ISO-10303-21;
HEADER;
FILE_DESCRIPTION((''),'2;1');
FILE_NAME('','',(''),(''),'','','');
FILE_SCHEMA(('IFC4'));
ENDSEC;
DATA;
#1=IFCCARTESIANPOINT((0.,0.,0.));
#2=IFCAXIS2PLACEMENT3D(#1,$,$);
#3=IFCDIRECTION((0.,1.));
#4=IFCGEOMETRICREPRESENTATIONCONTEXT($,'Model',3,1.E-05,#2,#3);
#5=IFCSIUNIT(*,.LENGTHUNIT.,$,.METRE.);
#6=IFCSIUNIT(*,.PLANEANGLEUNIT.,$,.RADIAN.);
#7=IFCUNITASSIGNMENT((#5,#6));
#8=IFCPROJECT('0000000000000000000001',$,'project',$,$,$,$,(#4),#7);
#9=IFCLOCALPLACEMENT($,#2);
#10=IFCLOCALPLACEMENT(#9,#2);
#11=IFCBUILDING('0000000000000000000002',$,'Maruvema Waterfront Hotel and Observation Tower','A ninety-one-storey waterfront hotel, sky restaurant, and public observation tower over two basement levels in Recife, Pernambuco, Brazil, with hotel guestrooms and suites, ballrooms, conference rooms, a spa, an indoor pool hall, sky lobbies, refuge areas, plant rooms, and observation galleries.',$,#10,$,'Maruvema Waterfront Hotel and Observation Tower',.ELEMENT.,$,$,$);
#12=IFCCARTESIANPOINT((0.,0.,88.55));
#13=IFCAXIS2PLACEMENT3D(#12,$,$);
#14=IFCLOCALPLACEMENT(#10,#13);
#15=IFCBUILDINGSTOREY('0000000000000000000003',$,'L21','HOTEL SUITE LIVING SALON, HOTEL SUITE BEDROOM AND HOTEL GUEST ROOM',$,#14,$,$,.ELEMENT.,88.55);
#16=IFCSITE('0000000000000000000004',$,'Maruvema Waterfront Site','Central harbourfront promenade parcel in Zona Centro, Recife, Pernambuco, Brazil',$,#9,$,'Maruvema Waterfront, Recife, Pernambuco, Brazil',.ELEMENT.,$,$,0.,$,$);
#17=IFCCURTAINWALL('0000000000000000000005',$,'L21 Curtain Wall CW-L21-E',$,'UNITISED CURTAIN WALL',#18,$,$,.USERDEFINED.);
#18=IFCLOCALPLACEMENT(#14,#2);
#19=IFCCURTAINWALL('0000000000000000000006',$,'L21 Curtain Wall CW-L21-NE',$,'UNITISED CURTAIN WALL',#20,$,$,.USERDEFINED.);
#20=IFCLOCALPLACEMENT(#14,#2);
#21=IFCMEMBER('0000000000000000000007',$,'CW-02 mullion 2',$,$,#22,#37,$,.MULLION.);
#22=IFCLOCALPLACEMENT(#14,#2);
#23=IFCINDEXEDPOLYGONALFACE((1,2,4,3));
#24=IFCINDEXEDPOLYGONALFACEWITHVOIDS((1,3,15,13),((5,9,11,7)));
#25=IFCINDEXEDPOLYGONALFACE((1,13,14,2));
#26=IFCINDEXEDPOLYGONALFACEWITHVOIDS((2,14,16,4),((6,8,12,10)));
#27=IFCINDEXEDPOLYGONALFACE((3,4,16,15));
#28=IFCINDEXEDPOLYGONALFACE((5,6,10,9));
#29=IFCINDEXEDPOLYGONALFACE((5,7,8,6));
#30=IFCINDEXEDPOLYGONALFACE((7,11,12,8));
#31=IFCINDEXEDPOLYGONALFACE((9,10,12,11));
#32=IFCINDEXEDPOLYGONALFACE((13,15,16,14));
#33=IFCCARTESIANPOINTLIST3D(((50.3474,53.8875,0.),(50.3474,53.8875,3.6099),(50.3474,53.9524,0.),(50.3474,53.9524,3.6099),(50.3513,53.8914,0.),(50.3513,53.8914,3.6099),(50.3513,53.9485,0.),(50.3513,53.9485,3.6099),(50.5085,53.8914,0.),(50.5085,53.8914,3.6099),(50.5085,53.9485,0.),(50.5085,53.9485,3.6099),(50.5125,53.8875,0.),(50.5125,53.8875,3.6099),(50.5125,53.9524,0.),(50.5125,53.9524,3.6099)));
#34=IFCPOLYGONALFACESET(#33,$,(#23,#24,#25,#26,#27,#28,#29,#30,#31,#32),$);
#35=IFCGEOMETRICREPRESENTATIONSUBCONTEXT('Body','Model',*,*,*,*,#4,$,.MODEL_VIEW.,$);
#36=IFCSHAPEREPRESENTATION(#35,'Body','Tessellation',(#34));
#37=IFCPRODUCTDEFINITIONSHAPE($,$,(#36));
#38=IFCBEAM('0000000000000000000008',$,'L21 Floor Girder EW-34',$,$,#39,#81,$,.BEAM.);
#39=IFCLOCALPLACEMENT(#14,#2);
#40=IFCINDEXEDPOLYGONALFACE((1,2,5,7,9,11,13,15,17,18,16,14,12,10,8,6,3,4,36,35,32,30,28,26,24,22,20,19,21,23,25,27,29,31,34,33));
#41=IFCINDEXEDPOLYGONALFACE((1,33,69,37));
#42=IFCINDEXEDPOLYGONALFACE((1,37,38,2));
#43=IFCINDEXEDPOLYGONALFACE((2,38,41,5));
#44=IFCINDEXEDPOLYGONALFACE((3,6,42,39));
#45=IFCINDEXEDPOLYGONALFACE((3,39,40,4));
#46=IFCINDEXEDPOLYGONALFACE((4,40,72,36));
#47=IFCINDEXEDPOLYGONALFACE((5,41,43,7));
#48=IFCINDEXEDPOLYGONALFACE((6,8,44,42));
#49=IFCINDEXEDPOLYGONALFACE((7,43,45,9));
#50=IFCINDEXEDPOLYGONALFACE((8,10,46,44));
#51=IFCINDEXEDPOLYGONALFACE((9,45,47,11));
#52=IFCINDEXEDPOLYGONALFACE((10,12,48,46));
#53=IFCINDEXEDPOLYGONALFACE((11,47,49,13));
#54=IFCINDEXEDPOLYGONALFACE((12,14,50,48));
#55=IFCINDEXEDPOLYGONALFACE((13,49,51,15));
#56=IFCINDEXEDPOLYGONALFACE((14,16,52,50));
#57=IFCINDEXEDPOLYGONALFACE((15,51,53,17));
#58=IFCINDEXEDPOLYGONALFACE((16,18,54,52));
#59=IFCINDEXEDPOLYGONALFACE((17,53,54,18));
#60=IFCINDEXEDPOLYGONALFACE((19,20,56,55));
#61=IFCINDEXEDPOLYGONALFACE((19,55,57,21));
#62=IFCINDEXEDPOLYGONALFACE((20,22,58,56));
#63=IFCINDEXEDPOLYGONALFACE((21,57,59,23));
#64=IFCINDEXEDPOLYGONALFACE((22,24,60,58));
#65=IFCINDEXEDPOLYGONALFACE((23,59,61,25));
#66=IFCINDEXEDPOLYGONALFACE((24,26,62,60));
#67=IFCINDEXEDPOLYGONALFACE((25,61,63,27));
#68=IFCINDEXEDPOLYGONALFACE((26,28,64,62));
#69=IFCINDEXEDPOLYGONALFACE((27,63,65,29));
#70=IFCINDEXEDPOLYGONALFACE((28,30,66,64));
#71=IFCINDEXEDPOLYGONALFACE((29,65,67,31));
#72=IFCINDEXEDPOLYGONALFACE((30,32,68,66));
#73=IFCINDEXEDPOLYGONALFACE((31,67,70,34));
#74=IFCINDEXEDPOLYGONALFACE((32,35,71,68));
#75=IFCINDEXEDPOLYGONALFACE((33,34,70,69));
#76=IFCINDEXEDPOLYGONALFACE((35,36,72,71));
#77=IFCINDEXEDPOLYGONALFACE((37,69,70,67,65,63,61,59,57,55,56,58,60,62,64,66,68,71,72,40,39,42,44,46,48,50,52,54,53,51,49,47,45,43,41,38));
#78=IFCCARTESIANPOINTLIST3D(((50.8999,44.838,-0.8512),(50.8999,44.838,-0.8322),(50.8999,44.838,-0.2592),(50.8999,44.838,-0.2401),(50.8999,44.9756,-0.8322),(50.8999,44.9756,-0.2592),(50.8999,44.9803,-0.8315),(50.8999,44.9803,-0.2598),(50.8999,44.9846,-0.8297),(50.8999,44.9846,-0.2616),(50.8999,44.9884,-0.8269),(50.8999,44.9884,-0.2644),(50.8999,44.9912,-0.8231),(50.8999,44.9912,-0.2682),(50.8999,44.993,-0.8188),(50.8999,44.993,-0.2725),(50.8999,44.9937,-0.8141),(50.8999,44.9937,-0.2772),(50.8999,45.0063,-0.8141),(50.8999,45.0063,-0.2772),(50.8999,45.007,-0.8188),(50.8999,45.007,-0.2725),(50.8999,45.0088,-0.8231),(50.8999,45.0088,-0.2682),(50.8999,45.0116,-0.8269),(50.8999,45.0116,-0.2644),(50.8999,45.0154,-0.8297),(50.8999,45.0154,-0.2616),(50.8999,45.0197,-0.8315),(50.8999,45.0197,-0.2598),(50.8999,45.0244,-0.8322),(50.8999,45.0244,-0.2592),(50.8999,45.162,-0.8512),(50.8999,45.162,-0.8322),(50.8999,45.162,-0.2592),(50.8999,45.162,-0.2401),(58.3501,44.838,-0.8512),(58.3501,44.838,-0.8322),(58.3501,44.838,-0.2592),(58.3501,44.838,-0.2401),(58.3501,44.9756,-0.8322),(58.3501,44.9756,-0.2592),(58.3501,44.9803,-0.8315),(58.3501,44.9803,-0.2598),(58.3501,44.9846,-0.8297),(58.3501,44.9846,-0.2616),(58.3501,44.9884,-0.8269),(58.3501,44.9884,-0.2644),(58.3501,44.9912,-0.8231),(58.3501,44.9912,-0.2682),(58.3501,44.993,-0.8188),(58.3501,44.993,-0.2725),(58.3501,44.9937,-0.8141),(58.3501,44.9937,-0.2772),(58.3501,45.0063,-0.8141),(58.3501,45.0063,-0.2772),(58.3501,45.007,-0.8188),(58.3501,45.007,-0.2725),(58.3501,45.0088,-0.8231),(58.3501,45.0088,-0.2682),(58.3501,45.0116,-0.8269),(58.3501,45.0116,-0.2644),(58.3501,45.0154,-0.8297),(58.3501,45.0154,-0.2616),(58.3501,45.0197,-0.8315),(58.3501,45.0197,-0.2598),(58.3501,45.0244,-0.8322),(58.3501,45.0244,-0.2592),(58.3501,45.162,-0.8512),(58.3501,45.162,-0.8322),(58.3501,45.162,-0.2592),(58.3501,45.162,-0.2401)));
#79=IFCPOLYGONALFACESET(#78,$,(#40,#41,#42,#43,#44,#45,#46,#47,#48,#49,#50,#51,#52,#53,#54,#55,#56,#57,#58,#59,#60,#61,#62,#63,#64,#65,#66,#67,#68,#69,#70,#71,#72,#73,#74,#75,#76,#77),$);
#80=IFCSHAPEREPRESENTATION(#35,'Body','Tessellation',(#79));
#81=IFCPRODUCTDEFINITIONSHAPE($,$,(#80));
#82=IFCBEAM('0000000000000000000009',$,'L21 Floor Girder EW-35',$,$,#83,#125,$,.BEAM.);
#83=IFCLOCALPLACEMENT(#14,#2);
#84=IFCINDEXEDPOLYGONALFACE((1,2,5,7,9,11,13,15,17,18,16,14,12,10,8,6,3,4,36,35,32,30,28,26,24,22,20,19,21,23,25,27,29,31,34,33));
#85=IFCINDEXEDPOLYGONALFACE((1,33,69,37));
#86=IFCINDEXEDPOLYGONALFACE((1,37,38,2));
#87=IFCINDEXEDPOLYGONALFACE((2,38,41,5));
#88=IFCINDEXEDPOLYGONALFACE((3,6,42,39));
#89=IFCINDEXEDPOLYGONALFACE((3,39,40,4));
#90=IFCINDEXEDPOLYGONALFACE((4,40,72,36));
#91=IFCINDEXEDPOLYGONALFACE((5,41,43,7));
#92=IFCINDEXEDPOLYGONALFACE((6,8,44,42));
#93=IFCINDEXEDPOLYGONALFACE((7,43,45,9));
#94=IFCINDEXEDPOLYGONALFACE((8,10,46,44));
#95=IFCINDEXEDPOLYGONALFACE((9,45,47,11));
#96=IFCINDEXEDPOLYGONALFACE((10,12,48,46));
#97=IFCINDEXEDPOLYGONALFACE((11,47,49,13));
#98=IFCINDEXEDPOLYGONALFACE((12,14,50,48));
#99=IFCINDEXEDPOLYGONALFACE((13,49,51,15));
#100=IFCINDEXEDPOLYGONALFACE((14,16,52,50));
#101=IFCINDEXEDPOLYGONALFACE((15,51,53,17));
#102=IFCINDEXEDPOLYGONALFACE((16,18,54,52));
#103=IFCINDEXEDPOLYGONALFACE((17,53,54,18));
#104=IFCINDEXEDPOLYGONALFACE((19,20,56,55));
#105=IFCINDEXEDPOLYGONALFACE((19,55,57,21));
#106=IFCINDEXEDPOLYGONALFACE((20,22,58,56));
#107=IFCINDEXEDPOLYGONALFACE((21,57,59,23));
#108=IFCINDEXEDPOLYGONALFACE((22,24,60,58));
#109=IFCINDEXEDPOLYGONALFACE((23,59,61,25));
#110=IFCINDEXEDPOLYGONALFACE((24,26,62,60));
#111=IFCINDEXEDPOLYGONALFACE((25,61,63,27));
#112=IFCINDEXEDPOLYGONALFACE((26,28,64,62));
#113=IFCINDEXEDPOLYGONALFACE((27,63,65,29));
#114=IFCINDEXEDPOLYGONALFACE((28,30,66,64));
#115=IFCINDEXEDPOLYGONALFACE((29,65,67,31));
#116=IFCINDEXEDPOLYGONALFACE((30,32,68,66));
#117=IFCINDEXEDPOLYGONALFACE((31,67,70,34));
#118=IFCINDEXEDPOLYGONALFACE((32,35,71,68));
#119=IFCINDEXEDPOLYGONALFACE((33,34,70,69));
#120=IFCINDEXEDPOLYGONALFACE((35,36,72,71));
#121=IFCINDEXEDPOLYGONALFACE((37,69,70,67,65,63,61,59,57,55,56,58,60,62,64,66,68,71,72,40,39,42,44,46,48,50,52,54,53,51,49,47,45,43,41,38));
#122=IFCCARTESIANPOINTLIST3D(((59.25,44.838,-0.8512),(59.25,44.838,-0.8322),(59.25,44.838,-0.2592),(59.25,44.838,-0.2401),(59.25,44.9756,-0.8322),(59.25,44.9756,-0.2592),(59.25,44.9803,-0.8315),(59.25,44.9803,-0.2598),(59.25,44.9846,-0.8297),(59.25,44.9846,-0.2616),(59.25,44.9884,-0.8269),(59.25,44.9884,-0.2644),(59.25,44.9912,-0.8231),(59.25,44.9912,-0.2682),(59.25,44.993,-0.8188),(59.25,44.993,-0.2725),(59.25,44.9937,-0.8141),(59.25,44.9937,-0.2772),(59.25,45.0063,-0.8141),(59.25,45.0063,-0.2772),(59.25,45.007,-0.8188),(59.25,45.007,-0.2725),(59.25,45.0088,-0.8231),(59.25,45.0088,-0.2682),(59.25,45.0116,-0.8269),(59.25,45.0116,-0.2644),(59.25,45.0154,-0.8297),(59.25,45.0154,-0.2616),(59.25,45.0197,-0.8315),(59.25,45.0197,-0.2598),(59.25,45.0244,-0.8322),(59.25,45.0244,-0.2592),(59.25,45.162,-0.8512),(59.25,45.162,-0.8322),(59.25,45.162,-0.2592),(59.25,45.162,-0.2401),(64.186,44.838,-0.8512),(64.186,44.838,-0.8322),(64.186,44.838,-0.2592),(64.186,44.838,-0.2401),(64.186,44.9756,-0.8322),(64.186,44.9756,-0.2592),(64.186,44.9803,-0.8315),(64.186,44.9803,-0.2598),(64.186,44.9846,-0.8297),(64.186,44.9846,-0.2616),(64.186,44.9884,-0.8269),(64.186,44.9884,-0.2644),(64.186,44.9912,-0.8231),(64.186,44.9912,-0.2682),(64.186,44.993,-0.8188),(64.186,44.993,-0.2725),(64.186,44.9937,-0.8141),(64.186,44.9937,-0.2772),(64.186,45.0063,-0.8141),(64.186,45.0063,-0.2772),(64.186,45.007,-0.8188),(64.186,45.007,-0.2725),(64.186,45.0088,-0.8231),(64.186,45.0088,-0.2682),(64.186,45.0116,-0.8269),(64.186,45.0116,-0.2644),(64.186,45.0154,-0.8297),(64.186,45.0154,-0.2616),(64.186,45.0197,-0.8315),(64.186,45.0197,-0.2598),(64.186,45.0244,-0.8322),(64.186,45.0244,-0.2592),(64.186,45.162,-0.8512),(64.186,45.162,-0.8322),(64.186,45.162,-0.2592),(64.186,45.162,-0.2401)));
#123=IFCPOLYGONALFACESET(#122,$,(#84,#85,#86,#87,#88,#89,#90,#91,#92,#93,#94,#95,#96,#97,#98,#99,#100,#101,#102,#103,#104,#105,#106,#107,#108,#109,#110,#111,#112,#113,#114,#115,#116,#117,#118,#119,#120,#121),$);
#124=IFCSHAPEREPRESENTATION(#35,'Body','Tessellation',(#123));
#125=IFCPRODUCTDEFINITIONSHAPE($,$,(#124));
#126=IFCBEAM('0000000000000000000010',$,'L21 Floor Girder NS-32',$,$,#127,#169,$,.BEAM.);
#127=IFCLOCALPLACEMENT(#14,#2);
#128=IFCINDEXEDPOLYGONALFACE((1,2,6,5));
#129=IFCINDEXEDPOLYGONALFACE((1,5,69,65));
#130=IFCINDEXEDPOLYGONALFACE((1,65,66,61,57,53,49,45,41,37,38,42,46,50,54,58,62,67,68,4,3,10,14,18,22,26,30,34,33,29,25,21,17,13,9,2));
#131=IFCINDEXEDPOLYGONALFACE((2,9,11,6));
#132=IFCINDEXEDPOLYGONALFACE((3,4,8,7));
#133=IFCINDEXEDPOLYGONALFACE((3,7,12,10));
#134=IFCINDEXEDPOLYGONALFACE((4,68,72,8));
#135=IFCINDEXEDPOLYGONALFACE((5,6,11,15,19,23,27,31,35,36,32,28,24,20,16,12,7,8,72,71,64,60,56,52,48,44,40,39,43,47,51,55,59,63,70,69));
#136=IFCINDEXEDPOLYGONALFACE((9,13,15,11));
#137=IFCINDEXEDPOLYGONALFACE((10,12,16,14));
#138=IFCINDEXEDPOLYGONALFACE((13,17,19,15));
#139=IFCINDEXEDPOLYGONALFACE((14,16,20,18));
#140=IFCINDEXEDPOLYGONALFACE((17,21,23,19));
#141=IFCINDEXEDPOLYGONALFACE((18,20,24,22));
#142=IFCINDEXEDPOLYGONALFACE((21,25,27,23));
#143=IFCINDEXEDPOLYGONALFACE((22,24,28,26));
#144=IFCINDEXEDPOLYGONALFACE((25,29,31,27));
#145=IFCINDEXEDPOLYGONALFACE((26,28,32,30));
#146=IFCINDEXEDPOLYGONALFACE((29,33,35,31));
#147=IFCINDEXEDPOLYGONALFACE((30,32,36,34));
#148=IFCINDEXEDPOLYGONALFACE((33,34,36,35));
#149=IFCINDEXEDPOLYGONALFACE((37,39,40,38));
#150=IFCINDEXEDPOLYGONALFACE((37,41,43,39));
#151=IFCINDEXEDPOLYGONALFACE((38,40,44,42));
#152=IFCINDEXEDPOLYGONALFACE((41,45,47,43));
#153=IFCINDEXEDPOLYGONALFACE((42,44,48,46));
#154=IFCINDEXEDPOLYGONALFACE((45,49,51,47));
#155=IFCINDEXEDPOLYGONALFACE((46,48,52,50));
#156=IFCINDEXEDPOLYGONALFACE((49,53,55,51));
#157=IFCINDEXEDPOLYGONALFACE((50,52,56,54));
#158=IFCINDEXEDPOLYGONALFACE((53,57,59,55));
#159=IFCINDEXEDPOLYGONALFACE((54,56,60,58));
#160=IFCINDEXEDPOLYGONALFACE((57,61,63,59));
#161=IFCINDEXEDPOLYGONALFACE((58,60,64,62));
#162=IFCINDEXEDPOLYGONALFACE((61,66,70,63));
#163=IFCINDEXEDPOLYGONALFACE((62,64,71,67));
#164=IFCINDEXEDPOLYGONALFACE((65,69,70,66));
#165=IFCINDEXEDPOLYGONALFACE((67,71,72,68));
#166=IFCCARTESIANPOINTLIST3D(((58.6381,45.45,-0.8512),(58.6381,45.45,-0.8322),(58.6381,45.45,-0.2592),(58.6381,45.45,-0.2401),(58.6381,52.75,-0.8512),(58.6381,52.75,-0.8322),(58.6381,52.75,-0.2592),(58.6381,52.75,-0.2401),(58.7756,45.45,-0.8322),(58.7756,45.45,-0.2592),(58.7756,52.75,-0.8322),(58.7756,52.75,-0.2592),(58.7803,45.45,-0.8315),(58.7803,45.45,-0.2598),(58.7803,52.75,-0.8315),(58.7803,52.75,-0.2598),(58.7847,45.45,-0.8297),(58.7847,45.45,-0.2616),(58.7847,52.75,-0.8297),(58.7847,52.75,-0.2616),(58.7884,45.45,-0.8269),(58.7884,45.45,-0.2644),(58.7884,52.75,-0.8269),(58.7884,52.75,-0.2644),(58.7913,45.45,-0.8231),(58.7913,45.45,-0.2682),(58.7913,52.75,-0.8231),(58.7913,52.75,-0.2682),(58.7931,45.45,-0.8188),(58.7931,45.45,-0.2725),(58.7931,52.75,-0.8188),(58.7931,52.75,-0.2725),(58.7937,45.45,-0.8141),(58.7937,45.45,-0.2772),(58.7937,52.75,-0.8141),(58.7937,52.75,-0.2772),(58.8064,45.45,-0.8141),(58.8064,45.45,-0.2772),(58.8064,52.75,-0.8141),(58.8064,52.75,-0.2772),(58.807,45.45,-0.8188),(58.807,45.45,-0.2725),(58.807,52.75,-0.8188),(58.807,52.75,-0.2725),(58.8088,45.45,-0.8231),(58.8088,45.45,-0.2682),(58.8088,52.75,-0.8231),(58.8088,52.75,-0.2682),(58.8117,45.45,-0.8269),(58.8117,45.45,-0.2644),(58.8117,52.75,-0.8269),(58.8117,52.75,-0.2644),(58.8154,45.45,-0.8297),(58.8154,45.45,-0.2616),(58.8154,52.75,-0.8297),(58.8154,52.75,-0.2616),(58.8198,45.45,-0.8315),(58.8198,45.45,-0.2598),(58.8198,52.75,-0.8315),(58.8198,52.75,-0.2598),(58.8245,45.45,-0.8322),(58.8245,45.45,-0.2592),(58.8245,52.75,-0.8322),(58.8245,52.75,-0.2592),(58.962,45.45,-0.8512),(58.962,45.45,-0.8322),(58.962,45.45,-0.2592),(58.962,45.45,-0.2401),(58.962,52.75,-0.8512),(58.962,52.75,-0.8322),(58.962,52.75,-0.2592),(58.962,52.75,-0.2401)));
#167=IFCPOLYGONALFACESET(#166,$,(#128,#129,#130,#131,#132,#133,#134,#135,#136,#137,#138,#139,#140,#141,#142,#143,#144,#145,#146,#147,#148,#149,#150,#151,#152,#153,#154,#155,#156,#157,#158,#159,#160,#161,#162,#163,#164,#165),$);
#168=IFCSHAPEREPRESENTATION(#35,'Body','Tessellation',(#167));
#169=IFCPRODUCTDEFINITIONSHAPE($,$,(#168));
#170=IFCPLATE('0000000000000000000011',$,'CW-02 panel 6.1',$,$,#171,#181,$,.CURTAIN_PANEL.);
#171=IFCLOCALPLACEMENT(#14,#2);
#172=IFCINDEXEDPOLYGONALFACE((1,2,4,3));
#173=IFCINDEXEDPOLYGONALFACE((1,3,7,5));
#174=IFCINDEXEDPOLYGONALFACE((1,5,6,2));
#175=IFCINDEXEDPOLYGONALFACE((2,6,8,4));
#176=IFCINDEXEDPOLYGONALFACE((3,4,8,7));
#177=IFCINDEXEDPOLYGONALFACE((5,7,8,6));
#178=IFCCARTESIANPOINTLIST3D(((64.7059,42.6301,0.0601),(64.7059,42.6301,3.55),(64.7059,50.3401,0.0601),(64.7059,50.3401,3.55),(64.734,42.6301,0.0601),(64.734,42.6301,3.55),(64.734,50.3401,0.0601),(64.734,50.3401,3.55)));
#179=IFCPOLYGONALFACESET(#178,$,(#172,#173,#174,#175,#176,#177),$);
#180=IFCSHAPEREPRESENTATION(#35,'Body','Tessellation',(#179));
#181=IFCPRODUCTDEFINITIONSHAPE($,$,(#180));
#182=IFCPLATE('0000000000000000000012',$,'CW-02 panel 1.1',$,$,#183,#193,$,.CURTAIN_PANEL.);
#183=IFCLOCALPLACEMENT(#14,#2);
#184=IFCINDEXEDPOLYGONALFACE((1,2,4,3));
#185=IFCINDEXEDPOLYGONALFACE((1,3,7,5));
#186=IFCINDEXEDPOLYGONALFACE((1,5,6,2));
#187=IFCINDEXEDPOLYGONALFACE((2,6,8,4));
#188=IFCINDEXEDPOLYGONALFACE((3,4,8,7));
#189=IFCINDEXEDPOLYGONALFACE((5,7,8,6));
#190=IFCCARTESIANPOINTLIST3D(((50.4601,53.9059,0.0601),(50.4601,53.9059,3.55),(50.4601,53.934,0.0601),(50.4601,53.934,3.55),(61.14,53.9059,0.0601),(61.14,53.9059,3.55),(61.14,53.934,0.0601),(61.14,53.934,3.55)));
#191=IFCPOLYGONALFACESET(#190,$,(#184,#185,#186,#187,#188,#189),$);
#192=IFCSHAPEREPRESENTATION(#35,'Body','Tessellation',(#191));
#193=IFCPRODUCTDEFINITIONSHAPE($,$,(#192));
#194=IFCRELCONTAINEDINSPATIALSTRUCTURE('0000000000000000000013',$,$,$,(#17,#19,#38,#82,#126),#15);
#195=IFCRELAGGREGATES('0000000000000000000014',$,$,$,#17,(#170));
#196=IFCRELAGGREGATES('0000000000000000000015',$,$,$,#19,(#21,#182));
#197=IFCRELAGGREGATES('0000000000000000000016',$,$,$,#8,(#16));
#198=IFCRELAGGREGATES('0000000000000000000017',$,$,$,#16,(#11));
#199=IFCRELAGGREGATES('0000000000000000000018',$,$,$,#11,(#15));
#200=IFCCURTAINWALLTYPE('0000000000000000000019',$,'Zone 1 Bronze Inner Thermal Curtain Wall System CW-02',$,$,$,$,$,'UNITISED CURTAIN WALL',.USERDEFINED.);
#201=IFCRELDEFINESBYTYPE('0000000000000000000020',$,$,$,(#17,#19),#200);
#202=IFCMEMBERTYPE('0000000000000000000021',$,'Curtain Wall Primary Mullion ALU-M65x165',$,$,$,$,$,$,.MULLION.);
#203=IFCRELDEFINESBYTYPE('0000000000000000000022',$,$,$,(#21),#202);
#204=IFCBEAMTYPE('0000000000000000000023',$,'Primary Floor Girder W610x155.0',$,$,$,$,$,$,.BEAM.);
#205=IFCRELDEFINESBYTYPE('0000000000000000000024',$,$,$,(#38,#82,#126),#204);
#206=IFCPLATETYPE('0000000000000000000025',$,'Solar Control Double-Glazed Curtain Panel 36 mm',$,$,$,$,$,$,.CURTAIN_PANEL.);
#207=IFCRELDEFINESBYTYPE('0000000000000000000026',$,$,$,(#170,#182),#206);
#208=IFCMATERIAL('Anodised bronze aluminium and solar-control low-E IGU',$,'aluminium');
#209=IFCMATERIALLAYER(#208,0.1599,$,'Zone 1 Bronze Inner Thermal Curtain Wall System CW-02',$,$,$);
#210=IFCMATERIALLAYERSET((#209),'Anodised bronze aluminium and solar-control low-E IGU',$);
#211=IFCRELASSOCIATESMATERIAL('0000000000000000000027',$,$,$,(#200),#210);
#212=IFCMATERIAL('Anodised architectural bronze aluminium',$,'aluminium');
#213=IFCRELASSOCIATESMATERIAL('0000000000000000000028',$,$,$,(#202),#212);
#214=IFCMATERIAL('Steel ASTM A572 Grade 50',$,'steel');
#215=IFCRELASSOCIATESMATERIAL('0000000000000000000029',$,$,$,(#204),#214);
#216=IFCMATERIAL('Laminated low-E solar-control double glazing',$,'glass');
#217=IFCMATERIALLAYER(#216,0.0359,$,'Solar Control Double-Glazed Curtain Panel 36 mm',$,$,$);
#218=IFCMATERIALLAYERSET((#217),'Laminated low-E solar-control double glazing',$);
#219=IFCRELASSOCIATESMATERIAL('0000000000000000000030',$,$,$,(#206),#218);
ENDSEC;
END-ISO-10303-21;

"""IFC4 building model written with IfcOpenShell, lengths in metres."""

from ifc_helpers import new_model, si_unit, direction, frame, origin, origin_2d, place, context, subcontext, project, spatial, rectangle, hollow_rectangle, i_section, extrude, material, layer, layer_set, material_profile, profile_set, type_object, element, aggregate, save


model = new_model("IFC4")

# Units and contexts
model_context = context("Model", 3, precision=1e-05, world=origin(), true_north=direction((0.0, 1.0)))
body_context = subcontext(model_context, "Body", "Model", "MODEL_VIEW")
ifc_project = project(units=[si_unit("LENGTHUNIT", "METRE"), si_unit("PLANEANGLEUNIT", "RADIAN")], contexts=[model_context])

# Site, building, storey
site_placement = place(None, origin())
site = spatial("IfcSite", under=ifc_project, at=site_placement, Name="Maruvema Waterfront Site", Description="Central harbourfront promenade parcel in Zona Centro, Recife, Pernambuco, Brazil", LongName="Maruvema Waterfront, Recife, Pernambuco, Brazil", CompositionType="ELEMENT", RefElevation=0.0)
building_placement = place(site_placement, origin())
building = spatial("IfcBuilding", under=site, at=building_placement, Name="Maruvema Waterfront Hotel and Observation Tower", Description="A ninety-one-storey waterfront hotel, sky restaurant, and public observation tower over two basement levels in Recife, Pernambuco, Brazil, with hotel guestrooms and suites, ballrooms, conference rooms, a spa, an indoor pool hall, sky lobbies, refuge areas, plant rooms, and observation galleries.", LongName="Maruvema Waterfront Hotel and Observation Tower", CompositionType="ELEMENT")
storey_placement = place(building_placement, frame((0.0, 0.0, 88.55)))
storey = spatial("IfcBuildingStorey", under=building, at=storey_placement, Name="L21", Description="HOTEL SUITE LIVING SALON, HOTEL SUITE BEDROOM AND HOTEL GUEST ROOM", CompositionType="ELEMENT", Elevation=88.55)

# Curtain walls
ifc_material_1 = material(Name="Anodised bronze aluminium and solar-control low-E IGU", Category="aluminium")
ifc_layer_1 = layer(ifc_material_1, 0.1599, Name="Zone 1 Bronze Inner Thermal Curtain Wall System CW-02")
ifc_layer_set_1 = layer_set([ifc_layer_1], Name="Anodised bronze aluminium and solar-control low-E IGU")
curtain_wall_type = type_object("IfcCurtainWallType", Name="Zone 1 Bronze Inner Thermal Curtain Wall System CW-02", ElementType="UNITISED CURTAIN WALL", PredefinedType="USERDEFINED", material=ifc_layer_set_1)
curtain_wall_1_placement = place(storey_placement, origin())
curtain_wall_1 = element("IfcCurtainWall", 1, at=curtain_wall_1_placement, inside=storey, type_object=curtain_wall_type, Name="L21 Curtain Wall CW-L21-E", ObjectType="UNITISED CURTAIN WALL", PredefinedType="USERDEFINED")
curtain_wall_2_placement = place(storey_placement, origin())
curtain_wall_2 = element("IfcCurtainWall", 2, at=curtain_wall_2_placement, inside=storey, type_object=curtain_wall_type, Name="L21 Curtain Wall CW-L21-NE", ObjectType="UNITISED CURTAIN WALL", PredefinedType="USERDEFINED")

# Member
ifc_material_2 = material(Name="Anodised architectural bronze aluminium", Category="aluminium")
ifc_material_profile_1 = material_profile(ifc_material_2, hollow_rectangle(XDim=0.0649, YDim=0.165, WallThickness=0.0039, at=origin_2d()), Name="ALU-M65x165")
ifc_profile_set_1 = profile_set([ifc_material_profile_1], Name="Anodised architectural bronze aluminium")
member_type_1 = type_object("IfcMemberType", Name="Curtain Wall Primary Mullion ALU-M65x165", PredefinedType="MULLION", material=ifc_profile_set_1)
member_1_placement = place(storey_placement, frame((50.4299, 53.9199, 0.0), z_axis=(0.0, 0.0, 1.0), x_axis=(0.0, -1.0, 0.0)))
member_1 = element("IfcMember", 3, at=member_1_placement, type_object=member_type_1, Name="CW-02 mullion 2", PredefinedType="MULLION", context=body_context, shape_type="SweptSolid", body=[
    extrude(hollow_rectangle(XDim=0.0649, YDim=0.165, WallThickness=0.0039, at=origin_2d()), origin(), (0.0, 0.0, 1.0), 3.6099),
])

# Beams
ifc_material_3 = material(Name="Steel ASTM A572 Grade 50", Category="steel")
ifc_material_profile_2 = material_profile(ifc_material_3, i_section(OverallWidth=0.324, OverallDepth=0.6111, WebThickness=0.0127, FlangeThickness=0.019, FilletRadius=0.0181, at=origin_2d()), Name="W610x155.0")
ifc_profile_set_2 = profile_set([ifc_material_profile_2], Name="Steel ASTM A572 Grade 50")
beam_type = type_object("IfcBeamType", Name="Primary Floor Girder W610x155.0", PredefinedType="BEAM", material=ifc_profile_set_2)
beam_1_placement = place(storey_placement, frame((50.8999, 45.0, -0.5457), z_axis=(1.0, 0.0, 0.0), x_axis=(0.0, 1.0, 0.0)))
element("IfcBeam", 4, at=beam_1_placement, inside=storey, type_object=beam_type, Name="L21 Floor Girder EW-34", PredefinedType="BEAM", context=body_context, shape_type="SweptSolid", body=[
    extrude(i_section(OverallWidth=0.324, OverallDepth=0.6111, WebThickness=0.0127, FlangeThickness=0.019, FilletRadius=0.0181, at=origin_2d()), origin(), (0.0, 0.0, 1.0), 7.4502),
])
beam_2_placement = place(storey_placement, frame((59.25, 45.0, -0.5457), z_axis=(1.0, 0.0, 0.0), x_axis=(0.0, 1.0, 0.0)))
element("IfcBeam", 5, at=beam_2_placement, inside=storey, type_object=beam_type, Name="L21 Floor Girder EW-35", PredefinedType="BEAM", context=body_context, shape_type="SweptSolid", body=[
    extrude(i_section(OverallWidth=0.324, OverallDepth=0.6111, WebThickness=0.0127, FlangeThickness=0.019, FilletRadius=0.0181, at=origin_2d()), origin(), (0.0, 0.0, 1.0), 4.936),
])
beam_3_placement = place(storey_placement, frame((58.8, 45.45, -0.5457), z_axis=(0.0, 1.0, 0.0), x_axis=(-1.0, 0.0, 0.0)))
element("IfcBeam", 6, at=beam_3_placement, inside=storey, type_object=beam_type, Name="L21 Floor Girder NS-32", PredefinedType="BEAM", context=body_context, shape_type="SweptSolid", body=[
    extrude(i_section(OverallWidth=0.324, OverallDepth=0.6111, WebThickness=0.0127, FlangeThickness=0.019, FilletRadius=0.0181, at=origin_2d()), origin(), (0.0, 0.0, 1.0), 7.3),
])

# Plates
ifc_material_4 = material(Name="Laminated low-E solar-control double glazing", Category="glass")
ifc_layer_2 = layer(ifc_material_4, 0.0359, Name="Solar Control Double-Glazed Curtain Panel 36 mm")
ifc_layer_set_2 = layer_set([ifc_layer_2], Name="Laminated low-E solar-control double glazing")
plate_type_1 = type_object("IfcPlateType", Name="Solar Control Double-Glazed Curtain Panel 36 mm", PredefinedType="CURTAIN_PANEL", material=ifc_layer_set_2)
plate_1_placement = place(storey_placement, frame((64.72, 46.4851, 0.0601), z_axis=(0.0, 0.0, 1.0), x_axis=(0.0, 1.0, 0.0)))
plate_1 = element("IfcPlate", 7, at=plate_1_placement, type_object=plate_type_1, Name="CW-02 panel 6.1", PredefinedType="CURTAIN_PANEL", context=body_context, shape_type="SweptSolid", body=[
    extrude(rectangle(XDim=7.71, YDim=0.0281, at=origin_2d()), origin(), (0.0, 0.0, 1.0), 3.49),
])
aggregate(curtain_wall_1, [plate_1])
plate_2_placement = place(storey_placement, frame((55.8, 53.9199, 0.0601), z_axis=(0.0, 0.0, 1.0), x_axis=(-1.0, 0.0, 0.0)))
plate_2 = element("IfcPlate", 8, at=plate_2_placement, type_object=plate_type_1, Name="CW-02 panel 1.1", PredefinedType="CURTAIN_PANEL", context=body_context, shape_type="SweptSolid", body=[
    extrude(rectangle(XDim=10.6799, YDim=0.0281, at=origin_2d()), origin(), (0.0, 0.0, 1.0), 3.49),
])
aggregate(curtain_wall_2, [member_1, plate_2])

save(model, "model.ifc")
